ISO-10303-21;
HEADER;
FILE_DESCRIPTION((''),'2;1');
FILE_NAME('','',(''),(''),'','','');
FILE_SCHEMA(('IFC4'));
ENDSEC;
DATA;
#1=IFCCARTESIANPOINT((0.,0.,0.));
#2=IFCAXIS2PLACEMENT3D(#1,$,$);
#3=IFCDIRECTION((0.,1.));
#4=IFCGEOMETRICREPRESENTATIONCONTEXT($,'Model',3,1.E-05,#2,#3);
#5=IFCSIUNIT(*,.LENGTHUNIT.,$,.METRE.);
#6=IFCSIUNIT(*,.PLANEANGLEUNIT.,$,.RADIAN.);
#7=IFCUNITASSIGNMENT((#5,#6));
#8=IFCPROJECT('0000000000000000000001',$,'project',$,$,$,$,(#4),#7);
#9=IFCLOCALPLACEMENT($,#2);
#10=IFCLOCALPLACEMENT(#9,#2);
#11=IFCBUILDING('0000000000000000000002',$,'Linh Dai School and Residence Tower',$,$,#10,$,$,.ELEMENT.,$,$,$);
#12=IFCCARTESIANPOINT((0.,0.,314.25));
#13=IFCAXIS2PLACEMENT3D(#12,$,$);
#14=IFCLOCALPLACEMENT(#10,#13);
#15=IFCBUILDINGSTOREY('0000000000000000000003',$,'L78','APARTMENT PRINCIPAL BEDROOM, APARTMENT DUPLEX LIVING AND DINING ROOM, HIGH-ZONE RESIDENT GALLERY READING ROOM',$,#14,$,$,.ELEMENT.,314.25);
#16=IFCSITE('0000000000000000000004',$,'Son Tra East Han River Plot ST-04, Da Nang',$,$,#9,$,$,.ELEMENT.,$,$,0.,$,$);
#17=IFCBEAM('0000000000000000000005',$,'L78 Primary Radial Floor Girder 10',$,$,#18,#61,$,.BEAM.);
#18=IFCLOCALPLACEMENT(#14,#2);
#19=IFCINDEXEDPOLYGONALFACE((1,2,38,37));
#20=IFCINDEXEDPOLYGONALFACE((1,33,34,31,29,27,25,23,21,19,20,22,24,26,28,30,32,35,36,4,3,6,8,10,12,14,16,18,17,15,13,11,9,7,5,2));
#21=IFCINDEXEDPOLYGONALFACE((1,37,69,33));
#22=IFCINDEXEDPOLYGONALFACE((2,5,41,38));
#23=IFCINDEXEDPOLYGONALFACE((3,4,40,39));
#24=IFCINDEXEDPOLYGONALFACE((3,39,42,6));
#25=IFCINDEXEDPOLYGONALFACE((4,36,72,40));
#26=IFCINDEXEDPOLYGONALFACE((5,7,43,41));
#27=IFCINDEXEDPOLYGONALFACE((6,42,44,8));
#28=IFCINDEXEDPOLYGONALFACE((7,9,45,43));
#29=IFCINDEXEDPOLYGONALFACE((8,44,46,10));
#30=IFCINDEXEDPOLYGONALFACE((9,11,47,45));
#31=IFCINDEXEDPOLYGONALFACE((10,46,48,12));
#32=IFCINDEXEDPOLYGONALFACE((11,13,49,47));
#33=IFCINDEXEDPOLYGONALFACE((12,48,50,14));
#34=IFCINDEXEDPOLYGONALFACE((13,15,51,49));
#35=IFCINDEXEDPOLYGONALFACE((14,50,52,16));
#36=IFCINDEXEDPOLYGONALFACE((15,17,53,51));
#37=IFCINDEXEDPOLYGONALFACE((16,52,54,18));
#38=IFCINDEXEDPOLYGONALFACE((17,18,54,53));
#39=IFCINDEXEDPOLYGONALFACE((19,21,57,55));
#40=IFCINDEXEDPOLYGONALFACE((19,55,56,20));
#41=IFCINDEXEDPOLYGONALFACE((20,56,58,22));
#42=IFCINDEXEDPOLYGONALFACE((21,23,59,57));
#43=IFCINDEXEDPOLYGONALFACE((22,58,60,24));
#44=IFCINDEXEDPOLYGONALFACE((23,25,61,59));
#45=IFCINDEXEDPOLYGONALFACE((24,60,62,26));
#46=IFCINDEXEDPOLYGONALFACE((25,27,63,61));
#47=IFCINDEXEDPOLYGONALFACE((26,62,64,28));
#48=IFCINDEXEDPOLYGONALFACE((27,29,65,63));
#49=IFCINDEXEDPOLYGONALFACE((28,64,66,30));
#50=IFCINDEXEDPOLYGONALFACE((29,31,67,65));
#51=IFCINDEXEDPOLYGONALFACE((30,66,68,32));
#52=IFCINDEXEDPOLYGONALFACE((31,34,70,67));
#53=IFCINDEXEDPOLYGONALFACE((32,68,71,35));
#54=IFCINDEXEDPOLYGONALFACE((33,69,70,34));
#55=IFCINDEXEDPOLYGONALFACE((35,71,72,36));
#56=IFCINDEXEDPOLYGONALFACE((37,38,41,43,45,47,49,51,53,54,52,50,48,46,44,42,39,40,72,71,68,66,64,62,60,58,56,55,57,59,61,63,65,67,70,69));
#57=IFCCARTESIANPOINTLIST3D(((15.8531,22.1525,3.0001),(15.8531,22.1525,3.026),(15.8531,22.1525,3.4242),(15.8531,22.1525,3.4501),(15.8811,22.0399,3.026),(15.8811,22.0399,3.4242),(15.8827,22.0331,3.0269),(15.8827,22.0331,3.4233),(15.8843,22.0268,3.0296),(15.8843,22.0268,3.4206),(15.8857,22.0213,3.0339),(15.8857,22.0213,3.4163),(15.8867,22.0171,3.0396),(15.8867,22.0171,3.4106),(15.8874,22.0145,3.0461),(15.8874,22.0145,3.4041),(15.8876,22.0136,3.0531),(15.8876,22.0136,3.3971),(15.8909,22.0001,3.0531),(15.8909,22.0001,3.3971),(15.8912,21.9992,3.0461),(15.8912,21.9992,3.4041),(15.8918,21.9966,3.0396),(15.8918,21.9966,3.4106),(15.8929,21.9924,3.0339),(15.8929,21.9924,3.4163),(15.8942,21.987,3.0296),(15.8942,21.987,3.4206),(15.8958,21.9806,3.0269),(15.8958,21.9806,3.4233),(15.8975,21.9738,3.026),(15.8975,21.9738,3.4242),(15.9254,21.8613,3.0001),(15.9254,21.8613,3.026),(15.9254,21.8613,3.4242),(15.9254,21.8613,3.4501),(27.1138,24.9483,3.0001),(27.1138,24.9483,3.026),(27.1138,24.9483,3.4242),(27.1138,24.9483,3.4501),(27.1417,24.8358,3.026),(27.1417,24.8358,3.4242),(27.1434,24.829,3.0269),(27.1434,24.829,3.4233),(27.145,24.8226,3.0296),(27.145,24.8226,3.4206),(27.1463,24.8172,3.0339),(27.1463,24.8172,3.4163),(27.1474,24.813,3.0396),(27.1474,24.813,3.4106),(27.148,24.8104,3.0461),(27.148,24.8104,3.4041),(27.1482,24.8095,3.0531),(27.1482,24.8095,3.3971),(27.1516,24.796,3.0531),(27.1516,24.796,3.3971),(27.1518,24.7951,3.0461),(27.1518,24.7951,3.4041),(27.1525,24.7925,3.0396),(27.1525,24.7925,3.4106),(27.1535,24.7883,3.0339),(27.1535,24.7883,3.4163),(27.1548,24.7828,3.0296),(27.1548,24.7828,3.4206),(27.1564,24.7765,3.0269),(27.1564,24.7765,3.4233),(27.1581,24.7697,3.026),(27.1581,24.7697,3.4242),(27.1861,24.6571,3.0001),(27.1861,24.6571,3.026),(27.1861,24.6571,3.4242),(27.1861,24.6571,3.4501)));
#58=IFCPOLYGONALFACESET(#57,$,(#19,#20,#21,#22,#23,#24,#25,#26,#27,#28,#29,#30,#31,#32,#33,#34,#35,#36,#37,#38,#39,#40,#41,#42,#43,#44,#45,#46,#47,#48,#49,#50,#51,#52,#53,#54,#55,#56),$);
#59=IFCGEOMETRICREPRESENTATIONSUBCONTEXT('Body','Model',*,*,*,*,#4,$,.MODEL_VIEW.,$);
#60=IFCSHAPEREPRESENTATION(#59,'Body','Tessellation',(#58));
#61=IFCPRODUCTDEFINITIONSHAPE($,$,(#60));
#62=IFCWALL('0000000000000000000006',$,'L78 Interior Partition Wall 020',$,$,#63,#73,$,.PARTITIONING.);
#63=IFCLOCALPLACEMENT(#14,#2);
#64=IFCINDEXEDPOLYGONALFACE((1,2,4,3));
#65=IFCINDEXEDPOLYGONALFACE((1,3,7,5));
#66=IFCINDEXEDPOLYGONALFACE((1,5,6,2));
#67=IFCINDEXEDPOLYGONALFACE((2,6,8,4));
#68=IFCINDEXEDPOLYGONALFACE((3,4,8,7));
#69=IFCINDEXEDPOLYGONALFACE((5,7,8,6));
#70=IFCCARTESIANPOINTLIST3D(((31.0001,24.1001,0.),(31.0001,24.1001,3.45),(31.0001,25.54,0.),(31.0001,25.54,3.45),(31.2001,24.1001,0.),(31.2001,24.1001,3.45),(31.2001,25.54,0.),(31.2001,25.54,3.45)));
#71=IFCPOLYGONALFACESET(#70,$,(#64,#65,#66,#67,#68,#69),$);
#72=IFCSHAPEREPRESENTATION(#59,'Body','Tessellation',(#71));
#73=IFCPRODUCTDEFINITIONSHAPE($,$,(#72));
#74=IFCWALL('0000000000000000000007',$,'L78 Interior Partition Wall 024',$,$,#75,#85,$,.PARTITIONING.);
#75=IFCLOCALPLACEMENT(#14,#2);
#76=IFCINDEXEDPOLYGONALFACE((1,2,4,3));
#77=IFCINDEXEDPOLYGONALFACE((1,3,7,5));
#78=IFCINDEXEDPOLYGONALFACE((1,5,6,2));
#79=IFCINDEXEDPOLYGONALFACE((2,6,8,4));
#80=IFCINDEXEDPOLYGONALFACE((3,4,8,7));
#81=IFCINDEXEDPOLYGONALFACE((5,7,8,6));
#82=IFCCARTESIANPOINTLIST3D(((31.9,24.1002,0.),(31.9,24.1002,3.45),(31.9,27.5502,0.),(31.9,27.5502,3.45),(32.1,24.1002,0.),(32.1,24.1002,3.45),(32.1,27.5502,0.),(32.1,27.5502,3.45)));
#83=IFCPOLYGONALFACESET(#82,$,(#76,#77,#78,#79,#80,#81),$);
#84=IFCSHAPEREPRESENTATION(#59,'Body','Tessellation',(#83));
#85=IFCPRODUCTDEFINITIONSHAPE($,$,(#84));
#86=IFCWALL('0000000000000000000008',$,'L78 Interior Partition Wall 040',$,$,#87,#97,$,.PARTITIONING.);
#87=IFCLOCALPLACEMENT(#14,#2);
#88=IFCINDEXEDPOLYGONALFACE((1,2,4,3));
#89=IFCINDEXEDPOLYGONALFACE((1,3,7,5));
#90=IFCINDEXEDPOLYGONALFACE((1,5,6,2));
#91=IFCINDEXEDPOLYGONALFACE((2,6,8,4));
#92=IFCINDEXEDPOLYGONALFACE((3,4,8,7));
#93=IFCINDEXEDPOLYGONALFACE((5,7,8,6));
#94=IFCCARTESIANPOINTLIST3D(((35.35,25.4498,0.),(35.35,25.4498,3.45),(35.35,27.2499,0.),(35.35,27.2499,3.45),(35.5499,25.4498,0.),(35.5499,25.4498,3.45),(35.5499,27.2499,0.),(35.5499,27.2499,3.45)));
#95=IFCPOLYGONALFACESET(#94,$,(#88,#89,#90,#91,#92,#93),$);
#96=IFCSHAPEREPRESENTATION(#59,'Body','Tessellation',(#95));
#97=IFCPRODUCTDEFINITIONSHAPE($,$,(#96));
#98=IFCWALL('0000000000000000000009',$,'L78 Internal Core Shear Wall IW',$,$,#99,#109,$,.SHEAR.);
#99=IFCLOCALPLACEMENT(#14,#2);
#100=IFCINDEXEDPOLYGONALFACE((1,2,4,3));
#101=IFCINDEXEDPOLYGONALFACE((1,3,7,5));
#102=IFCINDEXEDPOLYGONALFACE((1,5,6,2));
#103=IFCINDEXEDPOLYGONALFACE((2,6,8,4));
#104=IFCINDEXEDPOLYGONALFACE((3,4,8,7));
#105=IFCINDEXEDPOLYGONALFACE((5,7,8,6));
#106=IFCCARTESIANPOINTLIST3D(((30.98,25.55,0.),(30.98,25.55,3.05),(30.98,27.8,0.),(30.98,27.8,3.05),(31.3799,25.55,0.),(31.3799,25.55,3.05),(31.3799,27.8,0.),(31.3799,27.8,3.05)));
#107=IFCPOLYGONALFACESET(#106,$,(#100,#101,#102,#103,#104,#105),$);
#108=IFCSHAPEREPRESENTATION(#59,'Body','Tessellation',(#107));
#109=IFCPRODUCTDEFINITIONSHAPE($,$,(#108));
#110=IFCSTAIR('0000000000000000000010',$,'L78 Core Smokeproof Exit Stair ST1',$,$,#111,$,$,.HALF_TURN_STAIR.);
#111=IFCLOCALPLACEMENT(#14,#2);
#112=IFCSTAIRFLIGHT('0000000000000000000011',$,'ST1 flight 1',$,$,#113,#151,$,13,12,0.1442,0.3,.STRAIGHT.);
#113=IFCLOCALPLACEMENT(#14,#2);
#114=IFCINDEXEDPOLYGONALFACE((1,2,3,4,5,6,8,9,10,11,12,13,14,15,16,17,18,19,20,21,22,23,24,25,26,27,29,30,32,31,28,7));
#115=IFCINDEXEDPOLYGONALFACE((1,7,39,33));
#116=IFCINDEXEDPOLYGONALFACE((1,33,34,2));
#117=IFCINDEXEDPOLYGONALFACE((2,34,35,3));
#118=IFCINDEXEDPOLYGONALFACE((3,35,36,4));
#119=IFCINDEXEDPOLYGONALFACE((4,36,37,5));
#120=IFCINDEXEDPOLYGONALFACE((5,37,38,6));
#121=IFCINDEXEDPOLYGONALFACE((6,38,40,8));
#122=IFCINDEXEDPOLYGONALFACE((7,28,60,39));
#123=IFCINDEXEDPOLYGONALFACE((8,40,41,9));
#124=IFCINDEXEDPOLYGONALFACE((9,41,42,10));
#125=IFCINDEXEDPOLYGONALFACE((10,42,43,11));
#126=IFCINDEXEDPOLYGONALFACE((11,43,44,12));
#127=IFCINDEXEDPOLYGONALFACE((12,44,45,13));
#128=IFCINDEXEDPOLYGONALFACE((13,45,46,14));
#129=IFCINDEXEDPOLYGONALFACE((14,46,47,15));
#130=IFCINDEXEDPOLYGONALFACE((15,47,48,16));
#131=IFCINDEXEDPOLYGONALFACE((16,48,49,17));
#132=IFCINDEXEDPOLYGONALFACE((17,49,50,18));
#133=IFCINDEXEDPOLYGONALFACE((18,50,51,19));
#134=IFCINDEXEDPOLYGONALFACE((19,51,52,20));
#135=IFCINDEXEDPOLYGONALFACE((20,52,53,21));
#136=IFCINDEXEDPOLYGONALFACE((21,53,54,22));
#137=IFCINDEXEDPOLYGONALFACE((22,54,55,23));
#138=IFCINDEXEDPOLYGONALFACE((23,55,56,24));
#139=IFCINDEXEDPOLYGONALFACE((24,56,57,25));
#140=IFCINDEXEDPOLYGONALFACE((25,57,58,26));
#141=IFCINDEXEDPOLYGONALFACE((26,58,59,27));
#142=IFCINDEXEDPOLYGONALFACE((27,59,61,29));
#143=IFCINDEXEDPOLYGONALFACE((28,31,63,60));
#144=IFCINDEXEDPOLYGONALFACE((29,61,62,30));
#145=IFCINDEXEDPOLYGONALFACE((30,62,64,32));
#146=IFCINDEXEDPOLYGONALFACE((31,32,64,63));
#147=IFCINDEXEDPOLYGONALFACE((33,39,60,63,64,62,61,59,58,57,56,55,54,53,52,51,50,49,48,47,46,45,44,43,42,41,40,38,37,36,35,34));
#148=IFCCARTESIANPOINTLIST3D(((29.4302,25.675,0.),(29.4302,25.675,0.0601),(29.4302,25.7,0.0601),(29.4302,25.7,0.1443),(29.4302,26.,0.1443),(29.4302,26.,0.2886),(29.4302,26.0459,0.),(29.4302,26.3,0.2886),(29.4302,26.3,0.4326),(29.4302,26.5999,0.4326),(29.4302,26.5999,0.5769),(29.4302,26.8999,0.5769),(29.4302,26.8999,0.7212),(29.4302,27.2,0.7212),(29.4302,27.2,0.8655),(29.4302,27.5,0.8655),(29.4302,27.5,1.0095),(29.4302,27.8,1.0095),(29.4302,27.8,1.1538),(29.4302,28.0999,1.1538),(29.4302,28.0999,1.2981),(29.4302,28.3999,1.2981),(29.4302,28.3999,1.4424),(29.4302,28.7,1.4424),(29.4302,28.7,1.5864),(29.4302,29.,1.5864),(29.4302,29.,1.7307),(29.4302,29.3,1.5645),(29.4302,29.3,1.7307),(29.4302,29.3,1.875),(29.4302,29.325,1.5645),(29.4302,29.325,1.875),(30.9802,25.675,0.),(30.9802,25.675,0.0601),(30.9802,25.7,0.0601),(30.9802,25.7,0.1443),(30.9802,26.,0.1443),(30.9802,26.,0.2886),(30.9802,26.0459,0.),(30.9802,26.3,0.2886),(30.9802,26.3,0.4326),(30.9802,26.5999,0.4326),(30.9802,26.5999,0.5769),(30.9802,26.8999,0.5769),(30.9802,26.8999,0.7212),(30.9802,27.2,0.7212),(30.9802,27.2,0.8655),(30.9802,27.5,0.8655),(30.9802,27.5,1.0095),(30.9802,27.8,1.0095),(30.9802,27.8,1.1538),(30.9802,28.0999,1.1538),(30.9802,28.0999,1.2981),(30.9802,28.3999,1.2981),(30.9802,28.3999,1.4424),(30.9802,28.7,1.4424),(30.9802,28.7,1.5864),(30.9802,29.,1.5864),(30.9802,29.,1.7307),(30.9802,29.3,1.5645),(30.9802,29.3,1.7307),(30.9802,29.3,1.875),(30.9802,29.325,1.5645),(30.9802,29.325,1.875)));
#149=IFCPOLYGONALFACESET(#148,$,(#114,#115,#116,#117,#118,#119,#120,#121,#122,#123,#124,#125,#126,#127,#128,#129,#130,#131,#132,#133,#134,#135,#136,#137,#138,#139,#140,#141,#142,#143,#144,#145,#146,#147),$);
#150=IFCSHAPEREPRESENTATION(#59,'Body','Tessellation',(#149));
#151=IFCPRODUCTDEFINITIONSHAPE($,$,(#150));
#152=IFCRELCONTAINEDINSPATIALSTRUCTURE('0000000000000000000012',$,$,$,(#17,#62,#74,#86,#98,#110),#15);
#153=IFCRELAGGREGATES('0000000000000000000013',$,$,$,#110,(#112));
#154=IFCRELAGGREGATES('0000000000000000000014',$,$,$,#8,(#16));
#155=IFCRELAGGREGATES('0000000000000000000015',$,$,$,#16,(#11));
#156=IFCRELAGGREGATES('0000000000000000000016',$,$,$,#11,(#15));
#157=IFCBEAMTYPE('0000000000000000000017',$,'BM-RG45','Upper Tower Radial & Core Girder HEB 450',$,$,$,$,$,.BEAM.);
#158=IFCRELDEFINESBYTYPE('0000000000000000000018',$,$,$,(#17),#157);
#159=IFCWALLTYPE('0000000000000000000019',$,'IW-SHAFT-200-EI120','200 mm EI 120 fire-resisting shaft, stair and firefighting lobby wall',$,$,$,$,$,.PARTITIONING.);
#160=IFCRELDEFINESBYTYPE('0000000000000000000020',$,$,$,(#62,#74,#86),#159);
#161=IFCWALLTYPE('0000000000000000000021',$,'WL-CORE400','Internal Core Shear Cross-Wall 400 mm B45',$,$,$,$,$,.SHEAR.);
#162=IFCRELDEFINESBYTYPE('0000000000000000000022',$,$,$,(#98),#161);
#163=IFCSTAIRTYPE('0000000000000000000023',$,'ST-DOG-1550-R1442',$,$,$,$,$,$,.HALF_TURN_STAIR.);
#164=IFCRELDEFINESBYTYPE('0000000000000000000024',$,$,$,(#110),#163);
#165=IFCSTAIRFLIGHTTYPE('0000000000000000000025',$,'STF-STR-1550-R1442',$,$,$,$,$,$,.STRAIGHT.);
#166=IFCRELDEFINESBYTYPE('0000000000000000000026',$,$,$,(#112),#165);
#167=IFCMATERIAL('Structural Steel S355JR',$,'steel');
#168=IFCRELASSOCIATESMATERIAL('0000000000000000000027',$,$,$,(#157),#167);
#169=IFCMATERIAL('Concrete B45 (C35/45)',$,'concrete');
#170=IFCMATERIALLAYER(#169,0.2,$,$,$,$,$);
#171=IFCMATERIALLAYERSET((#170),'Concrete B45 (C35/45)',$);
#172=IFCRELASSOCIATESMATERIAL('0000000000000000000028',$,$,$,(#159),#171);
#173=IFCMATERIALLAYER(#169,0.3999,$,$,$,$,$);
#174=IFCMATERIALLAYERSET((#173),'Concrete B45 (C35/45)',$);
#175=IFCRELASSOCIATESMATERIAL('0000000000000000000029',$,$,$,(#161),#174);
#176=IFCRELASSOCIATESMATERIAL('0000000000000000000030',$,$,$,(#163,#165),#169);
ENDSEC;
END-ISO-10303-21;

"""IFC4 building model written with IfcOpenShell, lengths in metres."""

from ifc_helpers import new_model, si_unit, direction, frame, frame_2d, origin, origin_2d, place, context, subcontext, project, spatial, polyline, rectangle, i_section, outline, extrude, source, transform, mapped, material, layer, layer_set, material_profile, profile_set, type_object, element, aggregate, save


model = new_model("IFC4")

# Units and contexts
model_context = context("Model", 3, precision=1e-05, world=origin(), true_north=direction((0.0, 1.0)))
body_context = subcontext(model_context, "Body", "Model", "MODEL_VIEW")
ifc_project = project(units=[si_unit("LENGTHUNIT", "METRE"), si_unit("PLANEANGLEUNIT", "RADIAN")], contexts=[model_context])

# Site, building, storey
site_placement = place(None, origin())
site = spatial("IfcSite", under=ifc_project, at=site_placement, Name="Son Tra East Han River Plot ST-04, Da Nang", CompositionType="ELEMENT", RefElevation=0.0)
building_placement = place(site_placement, origin())
building = spatial("IfcBuilding", under=site, at=building_placement, Name="Linh Dai School and Residence Tower", CompositionType="ELEMENT")
storey_placement = place(building_placement, frame((0.0, 0.0, 314.25)))
storey = spatial("IfcBuildingStorey", under=building, at=storey_placement, Name="L78", Description="APARTMENT PRINCIPAL BEDROOM, APARTMENT DUPLEX LIVING AND DINING ROOM, HIGH-ZONE RESIDENT GALLERY READING ROOM", CompositionType="ELEMENT", Elevation=314.25)

# Shared definitions
ifc_material_1 = material(Name="Structural Steel S355JR", Category="steel")

# Beam
ifc_material_profile_1 = material_profile(ifc_material_1, i_section(OverallWidth=0.3, OverallDepth=0.45, WebThickness=0.0139, FlangeThickness=0.0259, FilletRadius=0.0271, at=origin_2d()), Name="HEB 450")
ifc_profile_set_1 = profile_set([ifc_material_profile_1], Name="Structural Steel S355JR")
beam_type = type_object("IfcBeamType", Name="BM-RG45", Description="Upper Tower Radial & Core Girder HEB 450", PredefinedType="BEAM", material=ifc_profile_set_1)
beam_placement = place(storey_placement, frame((27.1499, 24.8027, 3.2251), z_axis=(-0.970532, -0.240971, 0.0), x_axis=(0.240971, -0.970532, 0.0)))
element("IfcBeam", 1, at=beam_placement, inside=storey, type_object=beam_type, Name="L78 Primary Radial Floor Girder 10", PredefinedType="BEAM", context=body_context, shape_type="SweptSolid", body=[
    extrude(i_section(OverallWidth=0.3, OverallDepth=0.45, WebThickness=0.0139, FlangeThickness=0.0259, FilletRadius=0.0271, at=origin_2d()), origin(), (0.0, 0.0, 1.0), 11.6025),
])

# Shared definitions
ifc_material_2 = material(Name="Concrete B45 (C35/45)", Category="concrete")
ifc_layer_1 = layer(ifc_material_2, 0.2)
ifc_layer_set_1 = layer_set([ifc_layer_1], Name="Concrete B45 (C35/45)")
wall_type_1 = type_object("IfcWallType", Name="IW-SHAFT-200-EI120", Description="200 mm EI 120 fire-resisting shaft, stair and firefighting lobby wall", PredefinedType="PARTITIONING", material=ifc_layer_set_1)

# Walls
wall_1_placement = place(storey_placement, frame((31.1001, 24.1001, 0.0), z_axis=(0.0, 0.0, 1.0), x_axis=(0.0, 1.0, 0.0)))
element("IfcWall", 2, at=wall_1_placement, inside=storey, type_object=wall_type_1, Name="L78 Interior Partition Wall 020", PredefinedType="PARTITIONING", context=body_context, shape_type="SweptSolid", body=[
    extrude(rectangle(XDim=1.4399, YDim=0.2, at=frame_2d((0.72, 0.0))), origin(), (0.0, 0.0, 1.0), 3.45),
])
wall_2_placement = place(storey_placement, frame((32.0, 24.1001, 0.0), z_axis=(0.0, 0.0, 1.0), x_axis=(0.0, 1.0, 0.0)))
element("IfcWall", 3, at=wall_2_placement, inside=storey, type_object=wall_type_1, Name="L78 Interior Partition Wall 024", PredefinedType="PARTITIONING", context=body_context, shape_type="SweptSolid", body=[
    extrude(rectangle(XDim=3.45, YDim=0.2, at=frame_2d((1.7251, 0.0))), origin(), (0.0, 0.0, 1.0), 3.45),
])

# Wall
wall_3_placement = place(storey_placement, frame((35.45, 25.45, 0.0), z_axis=(0.0, 0.0, 1.0), x_axis=(0.0, 1.0, 0.0)))
element("IfcWall", 4, at=wall_3_placement, inside=storey, type_object=wall_type_1, Name="L78 Interior Partition Wall 040", PredefinedType="PARTITIONING", context=body_context, shape_type="SweptSolid", body=[
    extrude(rectangle(XDim=1.8, YDim=0.2, at=frame_2d((0.8999, 0.0))), origin(), (0.0, 0.0, 1.0), 3.45),
])

# Wall
ifc_layer_2 = layer(ifc_material_2, 0.3999)
ifc_layer_set_2 = layer_set([ifc_layer_2], Name="Concrete B45 (C35/45)")
wall_type_2 = type_object("IfcWallType", Name="WL-CORE400", Description="Internal Core Shear Cross-Wall 400 mm B45", PredefinedType="SHEAR", material=ifc_layer_set_2)
wall_4_placement = place(storey_placement, frame((31.1799, 25.55, 0.0), z_axis=(0.0, 0.0, 1.0), x_axis=(0.0, 1.0, 0.0)))
element("IfcWall", 5, at=wall_4_placement, inside=storey, type_object=wall_type_2, Name="L78 Internal Core Shear Wall IW", PredefinedType="SHEAR", context=body_context, shape_type="SweptSolid", body=[
    extrude(rectangle(XDim=2.25, YDim=0.3999, at=frame_2d((1.125, 0.0))), origin(), (0.0, 0.0, 1.0), 3.05),
])

# Stair, stair flight
stair_type = type_object("IfcStairType", Name="ST-DOG-1550-R1442", PredefinedType="HALF_TURN_STAIR", material=ifc_material_2)
stair_placement = place(storey_placement, origin())
stair = element("IfcStair", 6, at=stair_placement, inside=storey, type_object=stair_type, Name="L78 Core Smokeproof Exit Stair ST1", PredefinedType="HALF_TURN_STAIR")
stair_flight_type = type_object("IfcStairFlightType", Name="STF-STR-1550-R1442", PredefinedType="STRAIGHT", material=ifc_material_2)
shared_shape_1 = source(origin(), body_context, "Body", "SweptSolid", [
    extrude(outline(polyline([(-0.0249, 0.0), (-0.0249, 0.0601), (0.0, 0.0601), (0.0, 0.1443), (0.3, 0.1443), (0.3, 0.2886), (0.6001, 0.2886), (0.6001, 0.4326), (0.8999, 0.4326), (0.8999, 0.5769), (1.2, 0.5769), (1.2, 0.7212), (1.5, 0.7212), (1.5, 0.8655), (1.8, 0.8655), (1.8, 1.0095), (2.1001, 1.0095), (2.1001, 1.1538), (2.3999, 1.1538), (2.3999, 1.2981), (2.7, 1.2981), (2.7, 1.4424), (3.0, 1.4424), (3.0, 1.5864), (3.3, 1.5864), (3.3, 1.7307), (3.6001, 1.7307), (3.6001, 1.875), (3.625, 1.875), (3.625, 1.5645), (3.6001, 1.5645), (0.3459, 0.0), (-0.0249, 0.0)])), frame((0.0, 0.7749, 0.0), z_axis=(0.0, -1.0, 0.0), x_axis=(1.0, 0.0, 0.0)), (0.0, 0.0, 1.0), 1.55),
])
stair_flight_placement = place(storey_placement, frame((30.2051, 25.7, 0.0), z_axis=(0.0, 0.0, 1.0), x_axis=(0.0, 1.0, 0.0)))
stair_flight = element("IfcStairFlight", 7, at=stair_flight_placement, type_object=stair_flight_type, Name="ST1 flight 1", NumberOfRisers=13, NumberOfTreads=12, PredefinedType="STRAIGHT", RiserHeight=0.1442, TreadLength=0.3, context=body_context, shape_type="MappedRepresentation", body=[
    mapped(shared_shape_1, transform((0.0, 0.0, 0.0), x_axis=(1.0, 0.0, 0.0), y_axis=(0.0, 1.0, 0.0), z_axis=(0.0, 0.0, 1.0), scale=1.0)),
])
aggregate(stair, [stair_flight])

save(model, "model.ifc")
